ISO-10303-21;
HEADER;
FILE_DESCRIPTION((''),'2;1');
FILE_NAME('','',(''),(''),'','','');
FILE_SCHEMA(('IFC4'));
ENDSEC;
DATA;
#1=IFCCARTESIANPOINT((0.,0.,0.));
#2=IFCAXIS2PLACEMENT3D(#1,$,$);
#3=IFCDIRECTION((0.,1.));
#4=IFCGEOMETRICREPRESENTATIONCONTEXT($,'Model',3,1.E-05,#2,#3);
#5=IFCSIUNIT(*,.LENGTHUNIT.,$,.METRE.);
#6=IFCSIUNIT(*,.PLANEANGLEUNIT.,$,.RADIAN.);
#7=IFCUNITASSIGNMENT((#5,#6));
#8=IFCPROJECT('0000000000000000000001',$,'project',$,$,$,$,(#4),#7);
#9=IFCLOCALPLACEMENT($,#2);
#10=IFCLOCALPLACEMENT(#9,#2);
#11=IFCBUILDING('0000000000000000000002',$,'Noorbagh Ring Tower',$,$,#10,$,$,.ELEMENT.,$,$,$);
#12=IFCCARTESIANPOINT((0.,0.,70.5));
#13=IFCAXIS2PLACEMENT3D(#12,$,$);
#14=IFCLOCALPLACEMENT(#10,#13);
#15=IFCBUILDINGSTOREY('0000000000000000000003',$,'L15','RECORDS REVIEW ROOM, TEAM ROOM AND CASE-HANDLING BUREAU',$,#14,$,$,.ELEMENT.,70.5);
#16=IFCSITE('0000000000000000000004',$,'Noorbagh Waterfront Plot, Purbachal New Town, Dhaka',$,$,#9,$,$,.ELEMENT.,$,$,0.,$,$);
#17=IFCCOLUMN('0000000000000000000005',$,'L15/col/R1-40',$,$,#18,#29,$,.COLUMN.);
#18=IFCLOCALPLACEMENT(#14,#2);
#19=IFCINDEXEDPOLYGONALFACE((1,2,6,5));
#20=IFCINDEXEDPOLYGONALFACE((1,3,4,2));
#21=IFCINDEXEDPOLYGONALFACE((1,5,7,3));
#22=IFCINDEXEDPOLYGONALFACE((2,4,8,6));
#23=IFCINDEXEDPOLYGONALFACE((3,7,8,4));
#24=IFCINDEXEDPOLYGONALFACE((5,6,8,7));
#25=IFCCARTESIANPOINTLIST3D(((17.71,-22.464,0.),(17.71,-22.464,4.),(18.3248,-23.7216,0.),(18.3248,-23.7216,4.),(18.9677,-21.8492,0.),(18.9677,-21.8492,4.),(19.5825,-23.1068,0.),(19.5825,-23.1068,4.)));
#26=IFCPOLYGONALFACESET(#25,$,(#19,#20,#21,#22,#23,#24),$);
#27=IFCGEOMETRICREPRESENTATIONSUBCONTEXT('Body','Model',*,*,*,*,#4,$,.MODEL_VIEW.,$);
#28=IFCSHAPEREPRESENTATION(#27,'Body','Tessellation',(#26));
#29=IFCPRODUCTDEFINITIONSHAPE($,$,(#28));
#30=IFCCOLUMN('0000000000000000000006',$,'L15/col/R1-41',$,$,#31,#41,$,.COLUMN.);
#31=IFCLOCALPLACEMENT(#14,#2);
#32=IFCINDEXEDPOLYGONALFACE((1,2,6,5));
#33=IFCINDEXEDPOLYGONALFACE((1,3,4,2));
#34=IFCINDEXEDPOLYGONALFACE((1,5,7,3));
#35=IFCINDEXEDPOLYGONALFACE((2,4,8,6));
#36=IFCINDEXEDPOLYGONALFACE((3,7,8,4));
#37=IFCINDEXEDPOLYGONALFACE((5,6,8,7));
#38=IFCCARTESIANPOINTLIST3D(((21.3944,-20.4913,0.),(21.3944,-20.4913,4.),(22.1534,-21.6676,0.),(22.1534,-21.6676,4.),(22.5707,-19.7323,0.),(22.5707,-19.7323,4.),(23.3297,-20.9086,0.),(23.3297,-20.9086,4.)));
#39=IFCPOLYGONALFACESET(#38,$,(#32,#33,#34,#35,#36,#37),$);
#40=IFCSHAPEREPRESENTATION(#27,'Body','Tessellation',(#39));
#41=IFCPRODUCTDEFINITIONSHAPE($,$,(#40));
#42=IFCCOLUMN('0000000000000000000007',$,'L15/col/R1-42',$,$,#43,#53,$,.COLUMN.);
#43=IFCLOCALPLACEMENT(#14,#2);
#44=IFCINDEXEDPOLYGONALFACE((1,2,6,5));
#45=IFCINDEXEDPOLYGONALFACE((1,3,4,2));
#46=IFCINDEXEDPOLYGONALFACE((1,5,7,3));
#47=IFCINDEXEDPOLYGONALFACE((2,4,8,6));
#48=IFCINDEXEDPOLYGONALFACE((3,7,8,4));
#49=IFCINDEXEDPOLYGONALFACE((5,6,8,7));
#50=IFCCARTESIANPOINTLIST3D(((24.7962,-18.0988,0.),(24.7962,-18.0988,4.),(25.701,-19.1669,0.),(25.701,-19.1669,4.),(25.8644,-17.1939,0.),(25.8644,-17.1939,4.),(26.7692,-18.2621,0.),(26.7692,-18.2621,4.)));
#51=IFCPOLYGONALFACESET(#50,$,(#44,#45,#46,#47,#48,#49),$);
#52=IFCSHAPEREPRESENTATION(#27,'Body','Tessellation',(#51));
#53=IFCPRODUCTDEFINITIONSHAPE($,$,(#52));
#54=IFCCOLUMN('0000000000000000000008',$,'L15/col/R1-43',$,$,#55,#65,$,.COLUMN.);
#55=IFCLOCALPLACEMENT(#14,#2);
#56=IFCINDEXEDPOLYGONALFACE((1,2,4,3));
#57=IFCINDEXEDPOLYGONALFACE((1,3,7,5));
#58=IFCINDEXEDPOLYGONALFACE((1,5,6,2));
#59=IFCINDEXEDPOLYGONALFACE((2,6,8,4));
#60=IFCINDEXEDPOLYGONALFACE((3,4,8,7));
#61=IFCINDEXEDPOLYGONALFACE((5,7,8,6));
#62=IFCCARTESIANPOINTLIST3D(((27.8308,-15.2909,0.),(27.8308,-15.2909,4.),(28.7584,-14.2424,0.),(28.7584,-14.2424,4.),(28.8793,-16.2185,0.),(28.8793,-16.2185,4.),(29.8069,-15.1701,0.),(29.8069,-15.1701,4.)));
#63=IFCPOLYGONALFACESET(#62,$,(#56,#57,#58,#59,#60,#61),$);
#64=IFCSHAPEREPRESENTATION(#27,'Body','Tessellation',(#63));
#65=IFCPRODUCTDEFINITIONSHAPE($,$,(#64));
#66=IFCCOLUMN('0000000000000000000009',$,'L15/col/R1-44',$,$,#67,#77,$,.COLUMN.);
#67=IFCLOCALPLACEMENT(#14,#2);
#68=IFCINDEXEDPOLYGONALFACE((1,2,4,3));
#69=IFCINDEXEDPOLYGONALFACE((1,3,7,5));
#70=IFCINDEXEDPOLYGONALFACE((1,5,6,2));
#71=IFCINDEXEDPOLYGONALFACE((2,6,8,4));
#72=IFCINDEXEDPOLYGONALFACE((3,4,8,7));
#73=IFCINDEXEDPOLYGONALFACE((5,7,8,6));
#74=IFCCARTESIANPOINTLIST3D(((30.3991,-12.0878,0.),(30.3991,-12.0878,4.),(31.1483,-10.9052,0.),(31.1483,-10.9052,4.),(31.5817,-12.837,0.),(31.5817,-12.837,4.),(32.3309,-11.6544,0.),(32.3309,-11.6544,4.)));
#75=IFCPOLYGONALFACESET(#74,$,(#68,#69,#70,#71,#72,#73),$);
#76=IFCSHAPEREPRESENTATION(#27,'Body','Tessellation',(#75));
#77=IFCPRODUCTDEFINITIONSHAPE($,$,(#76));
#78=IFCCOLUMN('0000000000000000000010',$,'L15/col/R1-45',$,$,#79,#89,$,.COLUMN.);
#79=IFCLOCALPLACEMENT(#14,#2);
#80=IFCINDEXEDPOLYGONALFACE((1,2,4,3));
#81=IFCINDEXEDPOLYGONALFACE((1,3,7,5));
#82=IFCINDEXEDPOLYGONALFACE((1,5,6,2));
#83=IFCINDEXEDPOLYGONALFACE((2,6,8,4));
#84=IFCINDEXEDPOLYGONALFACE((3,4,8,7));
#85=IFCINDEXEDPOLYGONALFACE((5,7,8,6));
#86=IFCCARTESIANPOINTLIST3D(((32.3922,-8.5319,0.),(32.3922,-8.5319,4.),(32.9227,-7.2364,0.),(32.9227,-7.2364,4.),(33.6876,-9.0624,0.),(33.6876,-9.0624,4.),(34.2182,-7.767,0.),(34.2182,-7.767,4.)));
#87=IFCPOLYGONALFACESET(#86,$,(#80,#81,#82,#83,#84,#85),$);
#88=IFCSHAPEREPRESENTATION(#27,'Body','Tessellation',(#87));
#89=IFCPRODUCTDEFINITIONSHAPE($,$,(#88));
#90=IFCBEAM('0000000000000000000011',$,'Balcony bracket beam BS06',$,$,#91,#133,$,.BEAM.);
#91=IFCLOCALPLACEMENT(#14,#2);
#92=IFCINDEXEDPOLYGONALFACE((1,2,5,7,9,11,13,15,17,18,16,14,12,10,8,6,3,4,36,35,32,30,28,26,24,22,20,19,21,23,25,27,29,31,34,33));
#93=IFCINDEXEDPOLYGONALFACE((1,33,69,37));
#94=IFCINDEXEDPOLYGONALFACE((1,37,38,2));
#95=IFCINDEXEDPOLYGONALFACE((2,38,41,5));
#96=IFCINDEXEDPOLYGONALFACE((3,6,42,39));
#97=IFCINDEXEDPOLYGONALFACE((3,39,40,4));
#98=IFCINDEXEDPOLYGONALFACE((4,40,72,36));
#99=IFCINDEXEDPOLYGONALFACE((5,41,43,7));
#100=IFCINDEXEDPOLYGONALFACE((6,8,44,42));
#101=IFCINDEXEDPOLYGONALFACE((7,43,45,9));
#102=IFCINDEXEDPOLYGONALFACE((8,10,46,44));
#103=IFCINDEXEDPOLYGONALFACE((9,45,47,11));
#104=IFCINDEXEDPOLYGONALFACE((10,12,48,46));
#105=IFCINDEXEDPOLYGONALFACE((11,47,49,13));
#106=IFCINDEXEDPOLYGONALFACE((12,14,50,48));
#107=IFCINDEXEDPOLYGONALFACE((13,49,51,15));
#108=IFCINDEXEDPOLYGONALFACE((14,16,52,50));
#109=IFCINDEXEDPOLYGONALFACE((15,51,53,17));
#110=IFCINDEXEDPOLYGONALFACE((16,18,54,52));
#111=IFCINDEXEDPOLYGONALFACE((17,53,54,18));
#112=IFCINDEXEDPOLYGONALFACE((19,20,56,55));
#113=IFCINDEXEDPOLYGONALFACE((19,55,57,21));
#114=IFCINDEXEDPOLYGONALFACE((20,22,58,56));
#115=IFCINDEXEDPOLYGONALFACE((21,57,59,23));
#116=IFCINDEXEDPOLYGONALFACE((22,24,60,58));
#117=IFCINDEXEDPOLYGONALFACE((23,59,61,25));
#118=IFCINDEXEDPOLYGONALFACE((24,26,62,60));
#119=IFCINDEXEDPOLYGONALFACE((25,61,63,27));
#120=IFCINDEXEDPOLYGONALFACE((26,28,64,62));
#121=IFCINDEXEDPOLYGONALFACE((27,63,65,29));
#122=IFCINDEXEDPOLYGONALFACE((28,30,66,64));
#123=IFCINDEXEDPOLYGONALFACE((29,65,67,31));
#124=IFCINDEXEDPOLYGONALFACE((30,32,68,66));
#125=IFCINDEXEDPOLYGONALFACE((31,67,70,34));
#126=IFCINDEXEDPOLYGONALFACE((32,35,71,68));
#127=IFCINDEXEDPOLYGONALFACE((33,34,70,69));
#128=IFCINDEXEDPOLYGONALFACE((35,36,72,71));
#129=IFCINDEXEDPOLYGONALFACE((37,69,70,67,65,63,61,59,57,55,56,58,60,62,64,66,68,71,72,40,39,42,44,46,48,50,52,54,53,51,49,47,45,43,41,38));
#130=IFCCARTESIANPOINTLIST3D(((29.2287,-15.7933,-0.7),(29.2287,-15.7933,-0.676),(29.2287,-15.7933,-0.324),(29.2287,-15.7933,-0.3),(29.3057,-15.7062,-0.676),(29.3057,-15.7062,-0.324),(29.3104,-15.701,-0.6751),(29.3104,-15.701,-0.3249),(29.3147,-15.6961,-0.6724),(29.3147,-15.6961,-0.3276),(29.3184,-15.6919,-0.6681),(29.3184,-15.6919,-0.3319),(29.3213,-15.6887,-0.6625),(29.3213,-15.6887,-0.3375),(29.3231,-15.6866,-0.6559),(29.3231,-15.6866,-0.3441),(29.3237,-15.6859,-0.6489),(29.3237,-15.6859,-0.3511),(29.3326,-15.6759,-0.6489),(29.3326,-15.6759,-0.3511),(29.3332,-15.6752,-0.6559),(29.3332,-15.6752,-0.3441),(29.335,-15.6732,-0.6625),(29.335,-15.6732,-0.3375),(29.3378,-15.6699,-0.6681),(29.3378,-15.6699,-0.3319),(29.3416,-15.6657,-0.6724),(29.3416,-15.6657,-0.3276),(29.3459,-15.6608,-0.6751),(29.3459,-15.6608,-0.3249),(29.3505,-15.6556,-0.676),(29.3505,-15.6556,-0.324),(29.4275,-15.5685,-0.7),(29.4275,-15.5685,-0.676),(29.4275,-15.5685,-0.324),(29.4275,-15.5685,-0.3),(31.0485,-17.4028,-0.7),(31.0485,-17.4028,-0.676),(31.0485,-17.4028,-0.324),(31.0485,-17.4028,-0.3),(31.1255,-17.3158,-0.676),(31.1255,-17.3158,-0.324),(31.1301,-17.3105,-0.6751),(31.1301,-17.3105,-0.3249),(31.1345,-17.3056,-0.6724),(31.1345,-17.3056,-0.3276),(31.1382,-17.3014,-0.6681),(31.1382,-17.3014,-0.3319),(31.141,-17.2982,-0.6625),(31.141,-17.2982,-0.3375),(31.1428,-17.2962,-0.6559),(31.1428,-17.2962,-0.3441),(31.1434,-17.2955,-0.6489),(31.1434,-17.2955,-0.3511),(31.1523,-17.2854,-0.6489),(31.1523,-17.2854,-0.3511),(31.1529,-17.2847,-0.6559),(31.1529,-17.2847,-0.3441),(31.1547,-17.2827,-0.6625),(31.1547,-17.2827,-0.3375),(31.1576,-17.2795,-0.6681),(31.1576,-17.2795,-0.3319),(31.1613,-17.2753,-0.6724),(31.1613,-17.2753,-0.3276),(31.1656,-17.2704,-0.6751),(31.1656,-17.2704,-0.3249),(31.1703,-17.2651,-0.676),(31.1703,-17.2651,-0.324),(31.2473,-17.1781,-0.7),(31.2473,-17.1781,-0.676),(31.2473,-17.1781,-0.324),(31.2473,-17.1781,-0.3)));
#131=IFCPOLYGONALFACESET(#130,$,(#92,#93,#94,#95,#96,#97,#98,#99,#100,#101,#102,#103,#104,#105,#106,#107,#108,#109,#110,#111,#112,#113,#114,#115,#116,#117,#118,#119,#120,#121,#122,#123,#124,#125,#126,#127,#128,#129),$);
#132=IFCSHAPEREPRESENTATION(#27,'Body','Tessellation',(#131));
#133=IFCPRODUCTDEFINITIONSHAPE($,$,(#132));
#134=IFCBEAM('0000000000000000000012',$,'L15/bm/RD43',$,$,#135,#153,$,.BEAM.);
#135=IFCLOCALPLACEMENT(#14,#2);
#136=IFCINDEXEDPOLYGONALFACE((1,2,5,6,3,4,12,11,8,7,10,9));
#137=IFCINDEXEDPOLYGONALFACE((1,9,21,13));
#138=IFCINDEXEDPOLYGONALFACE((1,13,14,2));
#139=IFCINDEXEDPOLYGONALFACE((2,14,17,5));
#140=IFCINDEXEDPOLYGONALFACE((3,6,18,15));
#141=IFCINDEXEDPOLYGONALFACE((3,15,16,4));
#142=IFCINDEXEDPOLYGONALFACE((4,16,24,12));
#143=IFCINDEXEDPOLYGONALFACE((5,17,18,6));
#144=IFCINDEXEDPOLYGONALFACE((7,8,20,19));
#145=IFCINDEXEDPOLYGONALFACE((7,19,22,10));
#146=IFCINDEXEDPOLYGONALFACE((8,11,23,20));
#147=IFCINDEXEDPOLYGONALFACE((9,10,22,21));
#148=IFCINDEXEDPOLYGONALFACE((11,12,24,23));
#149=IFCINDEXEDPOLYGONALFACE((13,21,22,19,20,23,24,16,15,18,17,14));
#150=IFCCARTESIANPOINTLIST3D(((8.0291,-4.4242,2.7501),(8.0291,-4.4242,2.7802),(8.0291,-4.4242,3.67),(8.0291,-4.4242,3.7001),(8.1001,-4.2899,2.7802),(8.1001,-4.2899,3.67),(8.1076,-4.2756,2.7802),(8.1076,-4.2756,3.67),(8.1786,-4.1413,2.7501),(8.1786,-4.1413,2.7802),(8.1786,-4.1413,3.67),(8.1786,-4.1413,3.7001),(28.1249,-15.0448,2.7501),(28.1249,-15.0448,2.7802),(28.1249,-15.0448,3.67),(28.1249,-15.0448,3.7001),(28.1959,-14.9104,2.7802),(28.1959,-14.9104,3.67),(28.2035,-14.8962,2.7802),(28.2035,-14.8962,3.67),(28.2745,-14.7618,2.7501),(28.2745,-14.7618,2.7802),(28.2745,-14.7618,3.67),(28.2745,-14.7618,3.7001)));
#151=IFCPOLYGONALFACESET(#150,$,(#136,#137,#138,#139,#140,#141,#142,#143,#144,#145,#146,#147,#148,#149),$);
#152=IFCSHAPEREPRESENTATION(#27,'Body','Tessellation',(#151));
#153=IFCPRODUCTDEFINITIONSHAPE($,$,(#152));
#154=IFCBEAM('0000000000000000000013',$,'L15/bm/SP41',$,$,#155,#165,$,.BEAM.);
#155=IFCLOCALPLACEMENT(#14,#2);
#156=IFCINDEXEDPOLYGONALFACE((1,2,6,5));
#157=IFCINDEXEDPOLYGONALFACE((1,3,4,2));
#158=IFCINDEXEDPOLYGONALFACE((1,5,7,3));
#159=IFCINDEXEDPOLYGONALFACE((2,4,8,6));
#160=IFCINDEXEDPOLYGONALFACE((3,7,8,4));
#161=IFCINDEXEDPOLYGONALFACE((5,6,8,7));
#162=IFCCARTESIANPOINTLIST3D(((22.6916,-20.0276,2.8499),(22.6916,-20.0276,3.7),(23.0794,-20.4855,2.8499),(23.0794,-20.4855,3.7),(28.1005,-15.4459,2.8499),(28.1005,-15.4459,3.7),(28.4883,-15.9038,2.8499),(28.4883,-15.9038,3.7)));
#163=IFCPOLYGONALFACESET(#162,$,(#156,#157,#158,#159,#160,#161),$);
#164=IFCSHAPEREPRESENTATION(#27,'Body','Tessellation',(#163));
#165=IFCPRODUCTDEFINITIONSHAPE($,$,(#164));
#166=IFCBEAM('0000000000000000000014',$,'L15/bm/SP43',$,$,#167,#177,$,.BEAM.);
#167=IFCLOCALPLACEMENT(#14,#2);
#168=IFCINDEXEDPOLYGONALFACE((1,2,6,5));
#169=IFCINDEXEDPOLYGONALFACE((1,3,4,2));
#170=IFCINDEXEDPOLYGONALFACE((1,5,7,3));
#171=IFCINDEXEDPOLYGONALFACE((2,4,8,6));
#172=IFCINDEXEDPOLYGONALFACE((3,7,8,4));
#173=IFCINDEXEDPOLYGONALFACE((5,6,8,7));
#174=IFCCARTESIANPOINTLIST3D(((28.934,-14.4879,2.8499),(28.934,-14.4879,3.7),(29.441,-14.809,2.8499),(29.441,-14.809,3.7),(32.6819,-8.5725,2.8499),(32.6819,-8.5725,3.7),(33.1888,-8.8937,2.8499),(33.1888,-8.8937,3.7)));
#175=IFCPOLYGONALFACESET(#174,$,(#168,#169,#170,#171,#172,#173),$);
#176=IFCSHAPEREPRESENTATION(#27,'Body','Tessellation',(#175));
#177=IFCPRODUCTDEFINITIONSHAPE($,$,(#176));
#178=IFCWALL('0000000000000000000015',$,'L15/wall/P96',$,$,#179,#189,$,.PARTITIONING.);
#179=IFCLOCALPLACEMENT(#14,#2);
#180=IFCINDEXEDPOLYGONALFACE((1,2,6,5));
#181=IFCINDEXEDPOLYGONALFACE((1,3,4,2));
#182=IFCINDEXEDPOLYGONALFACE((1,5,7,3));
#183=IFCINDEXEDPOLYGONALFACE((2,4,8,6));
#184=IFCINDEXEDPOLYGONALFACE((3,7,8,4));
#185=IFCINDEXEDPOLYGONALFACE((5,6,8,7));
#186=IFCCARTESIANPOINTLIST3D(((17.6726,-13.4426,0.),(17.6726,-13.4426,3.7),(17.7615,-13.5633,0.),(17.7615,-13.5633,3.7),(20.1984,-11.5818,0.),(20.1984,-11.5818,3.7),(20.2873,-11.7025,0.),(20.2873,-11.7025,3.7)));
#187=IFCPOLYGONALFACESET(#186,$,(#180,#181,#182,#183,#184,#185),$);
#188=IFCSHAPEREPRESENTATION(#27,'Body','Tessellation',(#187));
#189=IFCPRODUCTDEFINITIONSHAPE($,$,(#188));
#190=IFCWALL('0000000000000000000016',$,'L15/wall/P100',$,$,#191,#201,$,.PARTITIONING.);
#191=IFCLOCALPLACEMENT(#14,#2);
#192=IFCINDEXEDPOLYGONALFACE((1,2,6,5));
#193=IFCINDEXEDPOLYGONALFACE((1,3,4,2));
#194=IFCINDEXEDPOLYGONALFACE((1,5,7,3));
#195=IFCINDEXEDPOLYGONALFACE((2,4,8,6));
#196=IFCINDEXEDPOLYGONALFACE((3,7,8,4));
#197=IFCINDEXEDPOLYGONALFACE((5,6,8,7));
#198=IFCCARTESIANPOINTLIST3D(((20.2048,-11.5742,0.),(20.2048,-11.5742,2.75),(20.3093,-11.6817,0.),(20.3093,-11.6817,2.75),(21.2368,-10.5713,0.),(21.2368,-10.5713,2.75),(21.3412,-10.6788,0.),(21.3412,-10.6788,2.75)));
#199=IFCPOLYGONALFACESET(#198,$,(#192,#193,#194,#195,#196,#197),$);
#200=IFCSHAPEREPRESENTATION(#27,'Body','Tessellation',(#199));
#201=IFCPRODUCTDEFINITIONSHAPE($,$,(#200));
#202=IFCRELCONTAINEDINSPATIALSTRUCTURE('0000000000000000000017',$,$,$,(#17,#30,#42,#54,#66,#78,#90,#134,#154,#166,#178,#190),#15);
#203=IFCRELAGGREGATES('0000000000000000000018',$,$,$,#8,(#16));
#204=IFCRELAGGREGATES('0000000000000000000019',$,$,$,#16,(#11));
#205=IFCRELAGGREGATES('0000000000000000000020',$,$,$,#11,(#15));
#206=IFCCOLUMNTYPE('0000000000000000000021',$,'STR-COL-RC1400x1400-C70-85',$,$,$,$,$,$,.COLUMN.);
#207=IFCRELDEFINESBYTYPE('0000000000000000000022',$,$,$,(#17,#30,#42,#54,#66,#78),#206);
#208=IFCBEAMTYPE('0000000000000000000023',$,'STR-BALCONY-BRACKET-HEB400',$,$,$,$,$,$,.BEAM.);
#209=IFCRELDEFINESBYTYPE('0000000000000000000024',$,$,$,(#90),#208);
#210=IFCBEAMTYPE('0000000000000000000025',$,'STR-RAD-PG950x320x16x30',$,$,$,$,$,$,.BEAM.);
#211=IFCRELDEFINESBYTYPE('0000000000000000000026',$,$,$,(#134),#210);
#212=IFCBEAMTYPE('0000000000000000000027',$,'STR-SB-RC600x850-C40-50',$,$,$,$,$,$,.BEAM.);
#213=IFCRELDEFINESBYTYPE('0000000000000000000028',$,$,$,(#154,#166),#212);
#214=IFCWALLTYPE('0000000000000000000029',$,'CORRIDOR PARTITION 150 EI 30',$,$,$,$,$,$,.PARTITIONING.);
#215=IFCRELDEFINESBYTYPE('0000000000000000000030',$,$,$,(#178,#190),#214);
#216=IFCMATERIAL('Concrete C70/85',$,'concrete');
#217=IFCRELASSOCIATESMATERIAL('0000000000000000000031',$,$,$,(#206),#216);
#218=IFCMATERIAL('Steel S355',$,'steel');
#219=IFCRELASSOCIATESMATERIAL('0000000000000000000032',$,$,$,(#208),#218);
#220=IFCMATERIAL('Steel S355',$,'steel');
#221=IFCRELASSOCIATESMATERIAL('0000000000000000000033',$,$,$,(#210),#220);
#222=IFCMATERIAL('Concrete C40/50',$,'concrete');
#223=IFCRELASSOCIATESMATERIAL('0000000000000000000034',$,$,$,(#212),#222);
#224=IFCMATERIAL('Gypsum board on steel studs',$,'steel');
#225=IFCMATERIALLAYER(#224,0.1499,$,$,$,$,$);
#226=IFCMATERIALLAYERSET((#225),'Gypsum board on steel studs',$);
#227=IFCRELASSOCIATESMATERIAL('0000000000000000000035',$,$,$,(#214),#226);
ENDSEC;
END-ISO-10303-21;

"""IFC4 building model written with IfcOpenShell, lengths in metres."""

from ifc_helpers import new_model, si_unit, direction, frame, frame_2d, origin, origin_2d, place, context, subcontext, project, spatial, rectangle, i_section, extrude, material, layer, layer_set, material_profile, profile_set, type_object, element, save


model = new_model("IFC4")

# Units and contexts
model_context = context("Model", 3, precision=1e-05, world=origin(), true_north=direction((0.0, 1.0)))
body_context = subcontext(model_context, "Body", "Model", "MODEL_VIEW")
ifc_project = project(units=[si_unit("LENGTHUNIT", "METRE"), si_unit("PLANEANGLEUNIT", "RADIAN")], contexts=[model_context])

# Site, building, storey
site_placement = place(None, origin())
site = spatial("IfcSite", under=ifc_project, at=site_placement, Name="Noorbagh Waterfront Plot, Purbachal New Town, Dhaka", CompositionType="ELEMENT", RefElevation=0.0)
building_placement = place(site_placement, origin())
building = spatial("IfcBuilding", under=site, at=building_placement, Name="Noorbagh Ring Tower", CompositionType="ELEMENT")
storey_placement = place(building_placement, frame((0.0, 0.0, 70.5)))
storey = spatial("IfcBuildingStorey", under=building, at=storey_placement, Name="L15", Description="RECORDS REVIEW ROOM, TEAM ROOM AND CASE-HANDLING BUREAU", CompositionType="ELEMENT", Elevation=70.5)

# Columns
ifc_material_1 = material(Name="Concrete C70/85", Category="concrete")
ifc_material_profile_1 = material_profile(ifc_material_1, rectangle(XDim=1.3999, YDim=1.3999, at=origin_2d()), Name="RC1400x1400")
ifc_profile_set_1 = profile_set([ifc_material_profile_1], Name="Concrete C70/85")
column_type = type_object("IfcColumnType", Name="STR-COL-RC1400x1400-C70-85", PredefinedType="COLUMN", material=ifc_profile_set_1)
for number, where, z_axis, x_axis, name in (
    (1, (18.6462, -22.7854, 0.0), (0.0, 0.0, 1.0), (0.898399, 0.43918, 0.0), "L15/col/R1-40"),
    (2, (22.3621, -20.7, 0.0), (0.0, 0.0, 1.0), (0.840248, 0.542203, 0.0), "L15/col/R1-41"),
    (3, (25.7827, -18.1804, 0.0), (0.0, 0.0, 1.0), (0.763035, 0.646357, 0.0), "L15/col/R1-42"),
    (4, (28.8188, -15.2305, 0.0), (0.0, 0.0, 1.0), (0.662636, 0.748942, 0.0), "L15/col/R1-43"),
    (5, (31.365, -11.8711, 0.0), (0.0, 0.0, 1.0), (0.53519, 0.844731, 0.0), "L15/col/R1-44"),
    (6, (33.3052, -8.1494, 0.0), (0.0, 0.0, 1.0), (0.378989, 0.925401, 0.0), "L15/col/R1-45"),
):
    element("IfcColumn", number, at=place(storey_placement, frame(where, z_axis=z_axis, x_axis=x_axis)), inside=storey, type_object=column_type, Name=name, PredefinedType="COLUMN", context=body_context, shape_type="SweptSolid", body=[
        extrude(rectangle(XDim=1.3999, YDim=1.3999, at=origin_2d()), origin(), (0.0, 0.0, 1.0), 4.0),
    ])

# Beams
ifc_material_2 = material(Name="Steel S355", Category="steel")
ifc_material_profile_2 = material_profile(ifc_material_2, i_section(OverallWidth=0.3, OverallDepth=0.3999, WebThickness=0.0134, FlangeThickness=0.0239, FilletRadius=0.0271, at=origin_2d()), Name="HEB400")
ifc_profile_set_2 = profile_set([ifc_material_profile_2], Name="Steel S355")
beam_type_1 = type_object("IfcBeamType", Name="STR-BALCONY-BRACKET-HEB400", PredefinedType="BEAM", material=ifc_profile_set_2)
beam_1_placement = place(storey_placement, frame((29.3281, -15.6809, -0.5), z_axis=(0.749043, -0.662522, 0.0), x_axis=(0.662522, 0.749043, 0.0)))
element("IfcBeam", 7, at=beam_1_placement, inside=storey, type_object=beam_type_1, Name="Balcony bracket beam BS06", PredefinedType="BEAM", context=body_context, shape_type="SweptSolid", body=[
    extrude(i_section(OverallWidth=0.3, OverallDepth=0.3999, WebThickness=0.0134, FlangeThickness=0.0239, FilletRadius=0.0271, at=origin_2d()), origin(), (0.0, 0.0, 1.0), 2.4294),
])
ifc_material_3 = material(Name="Steel S355", Category="steel")
ifc_material_profile_3 = material_profile(ifc_material_3, i_section(OverallWidth=0.3201, OverallDepth=0.95, WebThickness=0.0161, FlangeThickness=0.03, at=origin_2d()), Name="PG950x320x16x30")
ifc_profile_set_3 = profile_set([ifc_material_profile_3], Name="Steel S355")
beam_type_2 = type_object("IfcBeamType", Name="STR-RAD-PG950x320x16x30", PredefinedType="BEAM", material=ifc_profile_set_3)
beam_2_placement = place(storey_placement, frame((28.1997, -14.9033, 3.2251), z_axis=(-0.884123, 0.467254, 0.0), x_axis=(-0.467254, -0.884123, 0.0)))
element("IfcBeam", 8, at=beam_2_placement, inside=storey, type_object=beam_type_2, Name="L15/bm/RD43", PredefinedType="BEAM", context=body_context, shape_type="SweptSolid", body=[
    extrude(i_section(OverallWidth=0.3201, OverallDepth=0.95, WebThickness=0.0161, FlangeThickness=0.03, at=origin_2d()), origin(), (0.0, 0.0, 1.0), 22.7297),
])
ifc_material_4 = material(Name="Concrete C40/50", Category="concrete")
ifc_material_profile_4 = material_profile(ifc_material_4, rectangle(XDim=0.6001, YDim=0.8501, at=origin_2d()), Name="RC600x850")
ifc_profile_set_4 = profile_set([ifc_material_profile_4], Name="Concrete C40/50")
beam_type_3 = type_object("IfcBeamType", Name="STR-SB-RC600x850-C40-50", PredefinedType="BEAM", material=ifc_profile_set_4)
beam_3_placement = place(storey_placement, frame((22.8855, -20.2566, 3.2749), z_axis=(0.763039, 0.646353, 0.0), x_axis=(-0.646353, 0.763039, 0.0)))
element("IfcBeam", 9, at=beam_3_placement, inside=storey, type_object=beam_type_3, Name="L15/bm/SP41", PredefinedType="BEAM", context=body_context, shape_type="SweptSolid", body=[
    extrude(rectangle(XDim=0.6001, YDim=0.8501, at=origin_2d()), origin(), (0.0, 0.0, 1.0), 7.0886),
])
beam_4_placement = place(storey_placement, frame((29.1875, -14.6484, 3.2749), z_axis=(0.535201, 0.844725, 0.0), x_axis=(-0.844725, 0.535201, 0.0)))
element("IfcBeam", 10, at=beam_4_placement, inside=storey, type_object=beam_type_3, Name="L15/bm/SP43", PredefinedType="BEAM", context=body_context, shape_type="SweptSolid", body=[
    extrude(rectangle(XDim=0.6001, YDim=0.8501, at=origin_2d()), origin(), (0.0, 0.0, 1.0), 7.0027),
])

# Walls
ifc_material_5 = material(Name="Gypsum board on steel studs", Category="steel")
ifc_layer_1 = layer(ifc_material_5, 0.1499)
ifc_layer_set_1 = layer_set([ifc_layer_1], Name="Gypsum board on steel studs")
wall_type_1 = type_object("IfcWallType", Name="CORRIDOR PARTITION 150 EI 30", PredefinedType="PARTITIONING", material=ifc_layer_set_1)
wall_1_placement = place(storey_placement, frame((17.717, -13.5029, 0.0), z_axis=(0.0, 0.0, 1.0), x_axis=(0.805107, 0.59313, 0.0)))
element("IfcWall", 11, at=wall_1_placement, inside=storey, type_object=wall_type_1, Name="L15/wall/P96", PredefinedType="PARTITIONING", context=body_context, shape_type="SweptSolid", body=[
    extrude(rectangle(XDim=3.1372, YDim=0.1499, at=frame_2d((1.5686, 0.0))), origin(), (0.0, 0.0, 1.0), 3.7),
])
wall_2_placement = place(storey_placement, frame((20.2571, -11.6279, 0.0), z_axis=(0.0, 0.0, 1.0), x_axis=(0.717129, 0.69694, 0.0)))
element("IfcWall", 12, at=wall_2_placement, inside=storey, type_object=wall_type_1, Name="L15/wall/P100", PredefinedType="PARTITIONING", context=body_context, shape_type="SweptSolid", body=[
    extrude(rectangle(XDim=1.439, YDim=0.1499, at=frame_2d((0.7195, 0.0))), origin(), (0.0, 0.0, 1.0), 2.75),
])

save(model, "model.ifc")
